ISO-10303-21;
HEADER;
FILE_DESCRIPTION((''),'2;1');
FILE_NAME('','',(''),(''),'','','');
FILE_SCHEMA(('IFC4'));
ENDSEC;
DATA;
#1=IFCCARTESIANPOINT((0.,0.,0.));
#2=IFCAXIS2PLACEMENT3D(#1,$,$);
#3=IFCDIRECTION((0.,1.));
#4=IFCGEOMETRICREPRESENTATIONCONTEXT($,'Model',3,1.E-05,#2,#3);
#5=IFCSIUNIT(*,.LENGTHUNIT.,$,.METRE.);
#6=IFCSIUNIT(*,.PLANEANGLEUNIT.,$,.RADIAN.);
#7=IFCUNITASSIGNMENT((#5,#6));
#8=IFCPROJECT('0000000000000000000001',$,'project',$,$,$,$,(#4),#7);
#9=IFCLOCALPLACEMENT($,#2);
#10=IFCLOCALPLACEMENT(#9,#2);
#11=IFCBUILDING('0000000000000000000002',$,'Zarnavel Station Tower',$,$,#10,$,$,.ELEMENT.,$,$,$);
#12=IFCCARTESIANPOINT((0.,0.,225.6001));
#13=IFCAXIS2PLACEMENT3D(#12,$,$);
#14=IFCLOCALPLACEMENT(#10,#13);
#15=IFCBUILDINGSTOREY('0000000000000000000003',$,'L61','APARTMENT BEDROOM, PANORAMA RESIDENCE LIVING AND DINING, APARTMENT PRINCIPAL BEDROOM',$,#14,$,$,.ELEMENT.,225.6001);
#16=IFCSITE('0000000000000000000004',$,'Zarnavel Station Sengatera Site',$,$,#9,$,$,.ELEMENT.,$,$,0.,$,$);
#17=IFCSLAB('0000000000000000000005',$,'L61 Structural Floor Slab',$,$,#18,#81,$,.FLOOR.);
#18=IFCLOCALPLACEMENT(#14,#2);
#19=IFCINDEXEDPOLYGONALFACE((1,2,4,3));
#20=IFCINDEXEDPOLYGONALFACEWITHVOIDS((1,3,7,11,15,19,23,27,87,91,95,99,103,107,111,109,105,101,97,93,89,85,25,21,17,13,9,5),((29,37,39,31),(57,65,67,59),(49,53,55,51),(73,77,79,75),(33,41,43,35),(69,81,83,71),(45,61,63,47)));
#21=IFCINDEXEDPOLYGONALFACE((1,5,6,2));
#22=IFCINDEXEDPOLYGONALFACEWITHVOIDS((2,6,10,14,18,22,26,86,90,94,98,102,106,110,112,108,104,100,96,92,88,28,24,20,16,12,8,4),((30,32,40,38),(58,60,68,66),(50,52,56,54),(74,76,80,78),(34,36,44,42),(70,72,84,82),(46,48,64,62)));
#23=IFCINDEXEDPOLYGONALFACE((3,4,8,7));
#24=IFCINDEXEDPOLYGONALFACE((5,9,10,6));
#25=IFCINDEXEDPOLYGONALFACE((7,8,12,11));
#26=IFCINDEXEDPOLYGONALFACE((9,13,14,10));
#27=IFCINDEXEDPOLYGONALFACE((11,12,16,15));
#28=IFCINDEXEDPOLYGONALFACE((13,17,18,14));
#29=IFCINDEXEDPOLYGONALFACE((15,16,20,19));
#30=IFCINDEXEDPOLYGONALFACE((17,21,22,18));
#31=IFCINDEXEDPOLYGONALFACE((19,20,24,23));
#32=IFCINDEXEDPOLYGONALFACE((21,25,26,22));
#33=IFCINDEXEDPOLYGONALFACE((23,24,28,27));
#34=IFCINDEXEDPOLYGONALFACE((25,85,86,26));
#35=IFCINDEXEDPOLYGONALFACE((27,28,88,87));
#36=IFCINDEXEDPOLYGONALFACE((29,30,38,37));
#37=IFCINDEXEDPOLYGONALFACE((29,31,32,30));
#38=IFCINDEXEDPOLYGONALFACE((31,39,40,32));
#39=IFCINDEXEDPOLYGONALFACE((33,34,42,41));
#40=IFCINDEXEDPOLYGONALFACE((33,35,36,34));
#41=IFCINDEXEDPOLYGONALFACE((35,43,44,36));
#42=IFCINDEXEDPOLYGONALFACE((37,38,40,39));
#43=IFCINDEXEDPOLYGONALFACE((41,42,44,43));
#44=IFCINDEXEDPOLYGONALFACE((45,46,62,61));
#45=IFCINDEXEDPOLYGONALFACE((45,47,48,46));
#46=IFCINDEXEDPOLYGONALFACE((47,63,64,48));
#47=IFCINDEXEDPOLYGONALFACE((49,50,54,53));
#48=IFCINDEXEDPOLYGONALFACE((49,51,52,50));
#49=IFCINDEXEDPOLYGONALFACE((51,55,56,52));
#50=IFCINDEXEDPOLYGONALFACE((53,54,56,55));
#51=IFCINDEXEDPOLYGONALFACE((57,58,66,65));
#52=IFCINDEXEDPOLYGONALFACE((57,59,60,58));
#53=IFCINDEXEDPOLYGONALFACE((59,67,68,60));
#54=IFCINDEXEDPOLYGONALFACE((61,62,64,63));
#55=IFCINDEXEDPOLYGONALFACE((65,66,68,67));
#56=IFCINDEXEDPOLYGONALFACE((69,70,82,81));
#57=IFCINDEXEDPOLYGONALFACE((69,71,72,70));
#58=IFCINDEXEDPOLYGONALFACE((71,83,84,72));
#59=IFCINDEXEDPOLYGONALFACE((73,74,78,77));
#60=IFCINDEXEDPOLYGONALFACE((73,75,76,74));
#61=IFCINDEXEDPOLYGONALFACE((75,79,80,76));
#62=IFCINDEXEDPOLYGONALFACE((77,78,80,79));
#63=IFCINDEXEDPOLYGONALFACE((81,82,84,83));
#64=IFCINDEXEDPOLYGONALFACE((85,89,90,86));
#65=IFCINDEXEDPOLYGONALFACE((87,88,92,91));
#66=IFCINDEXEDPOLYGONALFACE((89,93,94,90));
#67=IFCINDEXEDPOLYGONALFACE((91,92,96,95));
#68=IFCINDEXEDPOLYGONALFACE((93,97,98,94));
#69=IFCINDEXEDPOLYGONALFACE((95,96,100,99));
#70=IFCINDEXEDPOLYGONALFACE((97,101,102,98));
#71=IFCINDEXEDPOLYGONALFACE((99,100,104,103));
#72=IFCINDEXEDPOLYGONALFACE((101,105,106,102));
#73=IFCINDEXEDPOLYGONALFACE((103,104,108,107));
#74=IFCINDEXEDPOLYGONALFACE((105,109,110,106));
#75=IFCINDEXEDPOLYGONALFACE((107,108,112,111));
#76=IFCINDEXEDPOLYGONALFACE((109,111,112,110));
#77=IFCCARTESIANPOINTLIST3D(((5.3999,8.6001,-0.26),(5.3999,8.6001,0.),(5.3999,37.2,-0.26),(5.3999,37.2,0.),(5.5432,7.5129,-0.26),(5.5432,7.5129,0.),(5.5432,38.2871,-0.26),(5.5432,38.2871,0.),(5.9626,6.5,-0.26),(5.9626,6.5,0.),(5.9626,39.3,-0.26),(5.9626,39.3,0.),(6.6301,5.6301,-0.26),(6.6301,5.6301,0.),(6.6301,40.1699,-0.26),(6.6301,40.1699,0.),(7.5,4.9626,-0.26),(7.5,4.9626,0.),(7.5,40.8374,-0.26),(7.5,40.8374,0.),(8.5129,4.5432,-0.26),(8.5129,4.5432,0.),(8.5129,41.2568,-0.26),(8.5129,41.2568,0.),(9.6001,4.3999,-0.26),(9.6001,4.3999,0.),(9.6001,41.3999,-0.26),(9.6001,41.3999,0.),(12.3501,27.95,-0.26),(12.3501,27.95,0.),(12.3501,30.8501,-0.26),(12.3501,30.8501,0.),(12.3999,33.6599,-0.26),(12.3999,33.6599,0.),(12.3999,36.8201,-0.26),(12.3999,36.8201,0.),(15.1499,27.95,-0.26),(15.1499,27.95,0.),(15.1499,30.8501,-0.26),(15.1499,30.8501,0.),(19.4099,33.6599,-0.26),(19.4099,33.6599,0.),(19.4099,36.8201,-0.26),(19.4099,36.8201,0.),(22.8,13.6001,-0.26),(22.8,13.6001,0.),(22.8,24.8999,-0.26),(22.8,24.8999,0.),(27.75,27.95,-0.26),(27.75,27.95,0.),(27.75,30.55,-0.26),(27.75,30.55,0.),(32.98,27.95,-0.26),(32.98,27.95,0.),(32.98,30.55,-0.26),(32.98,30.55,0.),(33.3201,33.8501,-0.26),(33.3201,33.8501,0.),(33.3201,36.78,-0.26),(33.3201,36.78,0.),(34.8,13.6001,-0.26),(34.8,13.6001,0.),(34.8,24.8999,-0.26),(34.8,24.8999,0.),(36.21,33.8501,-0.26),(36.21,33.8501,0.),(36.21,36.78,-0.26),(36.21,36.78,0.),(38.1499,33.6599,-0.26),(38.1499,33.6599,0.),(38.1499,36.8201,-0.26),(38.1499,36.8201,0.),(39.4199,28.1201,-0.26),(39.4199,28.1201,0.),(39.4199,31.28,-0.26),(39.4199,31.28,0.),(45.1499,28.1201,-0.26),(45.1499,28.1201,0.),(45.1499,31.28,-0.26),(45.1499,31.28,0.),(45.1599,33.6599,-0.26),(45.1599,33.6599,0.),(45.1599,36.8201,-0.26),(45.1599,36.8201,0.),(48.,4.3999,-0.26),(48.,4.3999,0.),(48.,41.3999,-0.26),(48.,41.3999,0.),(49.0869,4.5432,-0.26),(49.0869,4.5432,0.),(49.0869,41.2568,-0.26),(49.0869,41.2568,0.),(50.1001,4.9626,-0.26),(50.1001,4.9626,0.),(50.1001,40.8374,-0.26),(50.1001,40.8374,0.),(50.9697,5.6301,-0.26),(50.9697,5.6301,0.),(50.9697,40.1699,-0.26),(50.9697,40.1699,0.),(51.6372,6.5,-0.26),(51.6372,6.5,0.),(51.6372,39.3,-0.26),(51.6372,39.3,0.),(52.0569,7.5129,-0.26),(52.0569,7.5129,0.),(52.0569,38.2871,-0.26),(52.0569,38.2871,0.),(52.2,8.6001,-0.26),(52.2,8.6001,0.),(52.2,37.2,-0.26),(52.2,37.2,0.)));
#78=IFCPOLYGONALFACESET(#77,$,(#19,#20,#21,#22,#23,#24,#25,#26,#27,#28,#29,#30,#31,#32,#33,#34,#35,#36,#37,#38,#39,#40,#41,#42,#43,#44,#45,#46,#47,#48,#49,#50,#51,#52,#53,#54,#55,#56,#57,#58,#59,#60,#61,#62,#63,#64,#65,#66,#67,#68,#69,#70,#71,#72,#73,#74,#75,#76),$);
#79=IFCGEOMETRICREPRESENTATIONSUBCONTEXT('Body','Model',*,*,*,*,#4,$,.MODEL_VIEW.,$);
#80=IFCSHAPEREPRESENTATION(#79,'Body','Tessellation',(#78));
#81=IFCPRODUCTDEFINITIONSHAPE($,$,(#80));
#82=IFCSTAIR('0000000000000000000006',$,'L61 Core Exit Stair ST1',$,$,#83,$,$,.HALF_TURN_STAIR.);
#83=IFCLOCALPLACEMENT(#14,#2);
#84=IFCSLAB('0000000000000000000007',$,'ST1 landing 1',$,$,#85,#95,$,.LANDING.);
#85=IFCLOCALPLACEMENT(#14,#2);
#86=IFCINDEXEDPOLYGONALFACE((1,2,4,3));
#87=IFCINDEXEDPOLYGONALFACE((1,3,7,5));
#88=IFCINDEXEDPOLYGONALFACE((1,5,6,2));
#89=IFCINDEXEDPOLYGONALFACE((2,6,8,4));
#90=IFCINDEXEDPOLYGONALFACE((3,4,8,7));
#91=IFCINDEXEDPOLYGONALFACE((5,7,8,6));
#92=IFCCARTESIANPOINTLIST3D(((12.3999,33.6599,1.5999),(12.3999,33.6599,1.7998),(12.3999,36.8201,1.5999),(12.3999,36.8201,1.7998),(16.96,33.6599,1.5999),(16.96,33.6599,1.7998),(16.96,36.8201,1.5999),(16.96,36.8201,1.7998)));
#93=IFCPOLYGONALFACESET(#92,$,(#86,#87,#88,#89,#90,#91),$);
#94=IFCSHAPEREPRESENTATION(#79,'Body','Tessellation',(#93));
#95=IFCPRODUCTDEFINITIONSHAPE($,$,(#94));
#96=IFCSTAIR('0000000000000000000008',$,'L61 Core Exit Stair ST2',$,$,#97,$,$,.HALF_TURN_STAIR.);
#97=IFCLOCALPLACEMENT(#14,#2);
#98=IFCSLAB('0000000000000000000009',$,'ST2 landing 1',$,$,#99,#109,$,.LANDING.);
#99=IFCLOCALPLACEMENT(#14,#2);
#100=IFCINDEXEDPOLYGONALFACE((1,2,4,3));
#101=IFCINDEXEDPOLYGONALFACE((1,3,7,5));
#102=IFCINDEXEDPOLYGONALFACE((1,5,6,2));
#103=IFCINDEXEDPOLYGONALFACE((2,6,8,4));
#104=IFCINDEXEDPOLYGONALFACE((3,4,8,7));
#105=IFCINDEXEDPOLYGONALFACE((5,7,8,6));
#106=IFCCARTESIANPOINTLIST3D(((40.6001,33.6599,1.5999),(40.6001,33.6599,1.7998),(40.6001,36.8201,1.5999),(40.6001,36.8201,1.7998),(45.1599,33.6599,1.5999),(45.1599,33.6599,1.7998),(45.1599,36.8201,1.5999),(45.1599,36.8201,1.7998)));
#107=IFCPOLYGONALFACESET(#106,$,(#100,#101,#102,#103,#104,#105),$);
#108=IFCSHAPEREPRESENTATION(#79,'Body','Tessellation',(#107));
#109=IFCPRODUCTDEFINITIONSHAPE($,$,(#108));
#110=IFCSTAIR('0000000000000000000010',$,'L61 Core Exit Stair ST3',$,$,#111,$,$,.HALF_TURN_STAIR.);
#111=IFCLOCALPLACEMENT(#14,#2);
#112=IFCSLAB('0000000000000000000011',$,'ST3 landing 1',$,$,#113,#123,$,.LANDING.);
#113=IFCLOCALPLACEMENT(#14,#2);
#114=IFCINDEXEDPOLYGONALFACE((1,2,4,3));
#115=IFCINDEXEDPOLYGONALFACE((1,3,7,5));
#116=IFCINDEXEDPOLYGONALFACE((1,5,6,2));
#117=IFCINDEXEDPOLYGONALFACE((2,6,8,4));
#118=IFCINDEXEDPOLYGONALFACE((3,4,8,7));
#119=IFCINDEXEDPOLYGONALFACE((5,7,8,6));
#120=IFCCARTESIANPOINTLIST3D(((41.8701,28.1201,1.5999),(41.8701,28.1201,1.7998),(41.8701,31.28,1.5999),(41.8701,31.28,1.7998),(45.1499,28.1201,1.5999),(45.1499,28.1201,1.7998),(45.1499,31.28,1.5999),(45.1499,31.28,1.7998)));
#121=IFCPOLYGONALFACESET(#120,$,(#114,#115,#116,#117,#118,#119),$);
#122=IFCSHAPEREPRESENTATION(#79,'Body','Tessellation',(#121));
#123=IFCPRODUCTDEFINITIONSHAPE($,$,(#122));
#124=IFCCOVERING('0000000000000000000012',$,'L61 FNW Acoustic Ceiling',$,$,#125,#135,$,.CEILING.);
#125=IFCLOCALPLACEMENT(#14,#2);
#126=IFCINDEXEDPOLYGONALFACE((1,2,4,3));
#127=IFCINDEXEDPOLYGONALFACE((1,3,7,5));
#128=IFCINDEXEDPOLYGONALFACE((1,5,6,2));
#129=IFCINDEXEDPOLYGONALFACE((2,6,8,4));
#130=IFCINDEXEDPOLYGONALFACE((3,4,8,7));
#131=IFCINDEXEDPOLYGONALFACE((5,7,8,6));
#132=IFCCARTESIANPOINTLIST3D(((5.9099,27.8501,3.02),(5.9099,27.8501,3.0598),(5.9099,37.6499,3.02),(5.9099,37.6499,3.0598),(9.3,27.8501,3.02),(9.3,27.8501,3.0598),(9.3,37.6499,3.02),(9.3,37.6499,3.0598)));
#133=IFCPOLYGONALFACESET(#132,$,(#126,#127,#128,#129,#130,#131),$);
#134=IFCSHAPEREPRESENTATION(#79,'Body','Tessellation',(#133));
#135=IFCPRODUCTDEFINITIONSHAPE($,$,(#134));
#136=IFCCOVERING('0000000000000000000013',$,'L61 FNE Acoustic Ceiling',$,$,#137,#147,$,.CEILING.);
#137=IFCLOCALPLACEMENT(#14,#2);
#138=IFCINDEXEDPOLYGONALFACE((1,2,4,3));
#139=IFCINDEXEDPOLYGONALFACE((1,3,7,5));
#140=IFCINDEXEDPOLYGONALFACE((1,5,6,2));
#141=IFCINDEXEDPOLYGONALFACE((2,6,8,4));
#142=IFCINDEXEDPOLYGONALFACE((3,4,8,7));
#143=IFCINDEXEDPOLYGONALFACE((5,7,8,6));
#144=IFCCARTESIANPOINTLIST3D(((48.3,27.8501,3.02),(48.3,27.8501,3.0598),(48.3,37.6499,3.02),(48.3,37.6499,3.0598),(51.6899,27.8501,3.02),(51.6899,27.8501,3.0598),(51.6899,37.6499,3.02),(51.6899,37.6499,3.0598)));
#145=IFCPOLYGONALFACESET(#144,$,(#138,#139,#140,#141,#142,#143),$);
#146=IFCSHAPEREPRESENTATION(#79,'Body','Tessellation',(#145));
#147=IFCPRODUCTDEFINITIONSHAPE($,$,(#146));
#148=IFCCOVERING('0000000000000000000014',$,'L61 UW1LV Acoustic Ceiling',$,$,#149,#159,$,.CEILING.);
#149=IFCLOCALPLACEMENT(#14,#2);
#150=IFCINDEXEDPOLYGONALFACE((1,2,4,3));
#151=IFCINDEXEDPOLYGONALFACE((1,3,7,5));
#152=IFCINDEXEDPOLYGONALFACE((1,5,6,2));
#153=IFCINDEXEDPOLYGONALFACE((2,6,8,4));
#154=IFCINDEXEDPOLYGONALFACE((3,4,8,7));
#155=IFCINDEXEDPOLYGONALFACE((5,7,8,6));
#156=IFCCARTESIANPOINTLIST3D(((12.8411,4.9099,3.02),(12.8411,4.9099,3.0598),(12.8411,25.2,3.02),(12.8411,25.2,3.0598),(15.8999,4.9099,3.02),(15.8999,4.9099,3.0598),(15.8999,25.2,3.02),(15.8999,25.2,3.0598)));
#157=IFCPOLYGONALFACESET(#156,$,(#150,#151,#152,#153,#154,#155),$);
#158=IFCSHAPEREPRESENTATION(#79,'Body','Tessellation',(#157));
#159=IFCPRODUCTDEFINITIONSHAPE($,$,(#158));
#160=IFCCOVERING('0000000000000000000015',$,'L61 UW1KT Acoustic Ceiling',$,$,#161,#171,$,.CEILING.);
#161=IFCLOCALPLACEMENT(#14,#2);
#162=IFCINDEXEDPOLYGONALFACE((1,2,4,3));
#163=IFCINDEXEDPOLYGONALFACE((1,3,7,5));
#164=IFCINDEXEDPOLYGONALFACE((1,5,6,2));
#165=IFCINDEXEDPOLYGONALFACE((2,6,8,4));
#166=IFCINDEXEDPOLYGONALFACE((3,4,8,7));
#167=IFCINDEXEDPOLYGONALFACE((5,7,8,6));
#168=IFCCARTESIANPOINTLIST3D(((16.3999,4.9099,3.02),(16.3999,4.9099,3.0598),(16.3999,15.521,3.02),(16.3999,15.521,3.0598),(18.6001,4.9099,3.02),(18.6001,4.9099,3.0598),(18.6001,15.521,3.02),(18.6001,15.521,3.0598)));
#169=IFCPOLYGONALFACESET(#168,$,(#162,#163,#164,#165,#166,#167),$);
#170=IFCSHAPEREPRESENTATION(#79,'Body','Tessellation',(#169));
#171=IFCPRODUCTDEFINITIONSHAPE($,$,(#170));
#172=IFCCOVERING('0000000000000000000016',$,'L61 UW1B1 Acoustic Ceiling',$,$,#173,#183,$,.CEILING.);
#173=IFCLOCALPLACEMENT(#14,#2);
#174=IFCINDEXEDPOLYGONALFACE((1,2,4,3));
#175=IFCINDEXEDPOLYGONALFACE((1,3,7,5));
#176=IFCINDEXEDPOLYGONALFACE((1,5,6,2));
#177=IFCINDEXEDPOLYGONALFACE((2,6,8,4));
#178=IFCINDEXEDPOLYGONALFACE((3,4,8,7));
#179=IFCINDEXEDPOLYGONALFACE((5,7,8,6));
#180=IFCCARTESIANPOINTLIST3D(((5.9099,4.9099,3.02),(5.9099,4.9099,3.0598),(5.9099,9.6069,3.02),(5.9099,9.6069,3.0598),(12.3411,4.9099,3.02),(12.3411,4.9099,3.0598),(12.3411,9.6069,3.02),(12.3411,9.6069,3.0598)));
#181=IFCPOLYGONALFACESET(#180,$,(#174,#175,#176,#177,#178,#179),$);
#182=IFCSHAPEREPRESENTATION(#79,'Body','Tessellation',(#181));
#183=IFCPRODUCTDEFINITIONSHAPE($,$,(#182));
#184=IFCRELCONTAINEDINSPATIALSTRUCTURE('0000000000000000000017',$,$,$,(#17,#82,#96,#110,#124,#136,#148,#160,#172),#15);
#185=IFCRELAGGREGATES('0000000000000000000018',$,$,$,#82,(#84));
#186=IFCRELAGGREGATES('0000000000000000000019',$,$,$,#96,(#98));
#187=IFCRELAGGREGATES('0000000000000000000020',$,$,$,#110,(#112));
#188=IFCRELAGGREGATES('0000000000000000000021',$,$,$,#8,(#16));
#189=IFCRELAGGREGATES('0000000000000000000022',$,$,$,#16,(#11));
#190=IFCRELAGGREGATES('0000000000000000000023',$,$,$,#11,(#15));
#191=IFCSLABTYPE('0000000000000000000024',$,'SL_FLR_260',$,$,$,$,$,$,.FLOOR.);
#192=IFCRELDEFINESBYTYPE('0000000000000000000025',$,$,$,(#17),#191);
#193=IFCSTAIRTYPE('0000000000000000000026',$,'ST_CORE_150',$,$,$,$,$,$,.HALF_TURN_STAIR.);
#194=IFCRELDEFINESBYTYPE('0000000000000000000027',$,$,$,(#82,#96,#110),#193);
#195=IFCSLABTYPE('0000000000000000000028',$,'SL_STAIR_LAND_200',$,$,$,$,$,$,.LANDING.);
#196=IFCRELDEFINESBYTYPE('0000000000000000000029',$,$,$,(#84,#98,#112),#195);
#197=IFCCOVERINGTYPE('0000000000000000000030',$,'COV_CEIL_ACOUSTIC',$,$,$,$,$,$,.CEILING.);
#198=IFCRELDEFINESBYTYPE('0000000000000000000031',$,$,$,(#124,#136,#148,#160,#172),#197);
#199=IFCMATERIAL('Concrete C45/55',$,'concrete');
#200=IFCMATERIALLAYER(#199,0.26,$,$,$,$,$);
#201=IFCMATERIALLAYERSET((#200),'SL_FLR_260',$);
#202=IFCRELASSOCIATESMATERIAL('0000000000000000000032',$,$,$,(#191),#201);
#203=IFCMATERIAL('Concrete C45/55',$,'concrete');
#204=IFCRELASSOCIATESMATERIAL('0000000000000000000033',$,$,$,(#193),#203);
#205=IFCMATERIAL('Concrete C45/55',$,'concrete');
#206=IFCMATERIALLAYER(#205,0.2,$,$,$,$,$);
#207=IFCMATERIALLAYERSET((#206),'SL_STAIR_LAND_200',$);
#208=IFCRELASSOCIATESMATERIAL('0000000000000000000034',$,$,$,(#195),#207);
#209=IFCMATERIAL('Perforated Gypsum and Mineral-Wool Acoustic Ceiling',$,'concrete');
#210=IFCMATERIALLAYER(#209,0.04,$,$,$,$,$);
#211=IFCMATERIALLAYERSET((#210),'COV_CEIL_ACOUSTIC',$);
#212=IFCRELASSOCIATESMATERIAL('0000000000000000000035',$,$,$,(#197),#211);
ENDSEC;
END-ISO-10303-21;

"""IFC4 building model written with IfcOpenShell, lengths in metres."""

from ifc_helpers import new_model, si_unit, direction, frame, origin, place, context, subcontext, project, spatial, polyline, outline, extrude, material, layer, layer_set, type_object, element, aggregate, save


model = new_model("IFC4")

# Units and contexts
model_context = context("Model", 3, precision=1e-05, world=origin(), true_north=direction((0.0, 1.0)))
body_context = subcontext(model_context, "Body", "Model", "MODEL_VIEW")
ifc_project = project(units=[si_unit("LENGTHUNIT", "METRE"), si_unit("PLANEANGLEUNIT", "RADIAN")], contexts=[model_context])

# Site, building, storey
site_placement = place(None, origin())
site = spatial("IfcSite", under=ifc_project, at=site_placement, Name="Zarnavel Station Sengatera Site", CompositionType="ELEMENT", RefElevation=0.0)
building_placement = place(site_placement, origin())
building = spatial("IfcBuilding", under=site, at=building_placement, Name="Zarnavel Station Tower", CompositionType="ELEMENT")
storey_placement = place(building_placement, frame((0.0, 0.0, 225.6001)))
storey = spatial("IfcBuildingStorey", under=building, at=storey_placement, Name="L61", Description="APARTMENT BEDROOM, PANORAMA RESIDENCE LIVING AND DINING, APARTMENT PRINCIPAL BEDROOM", CompositionType="ELEMENT", Elevation=225.6001)

# Slab
ifc_material_1 = material(Name="Concrete C45/55", Category="concrete")
ifc_layer_1 = layer(ifc_material_1, 0.26)
ifc_layer_set_1 = layer_set([ifc_layer_1], Name="SL_FLR_260")
slab_type_1 = type_object("IfcSlabType", Name="SL_FLR_260", PredefinedType="FLOOR", material=ifc_layer_set_1)
slab_1_placement = place(storey_placement, frame((0.0, 0.0, -0.26)))
element("IfcSlab", 1, at=slab_1_placement, inside=storey, type_object=slab_type_1, Name="L61 Structural Floor Slab", PredefinedType="FLOOR", context=body_context, shape_type="SweptSolid", body=[
    extrude(outline(polyline([(48.0, 4.3999), (49.0869, 4.5432), (50.1001, 4.9626), (50.9697, 5.6301), (51.6372, 6.5), (52.0569, 7.5129), (52.2, 8.6001), (52.2, 37.2), (52.0569, 38.2871), (51.6372, 39.3), (50.9697, 40.1699), (50.1001, 40.8374), (49.0869, 41.2568), (48.0, 41.3999), (9.6001, 41.3999), (8.5129, 41.2568), (7.5, 40.8374), (6.6301, 40.1699), (5.9626, 39.3), (5.5432, 38.2871), (5.3999, 37.2), (5.3999, 8.6001), (5.5432, 7.5129), (5.9626, 6.5), (6.6301, 5.6301), (7.5, 4.9626), (8.5129, 4.5432), (9.6001, 4.3999), (48.0, 4.3999)]), holes=[polyline([(12.3999, 33.6599), (19.4099, 33.6599), (19.4099, 36.8201), (12.3999, 36.8201), (12.3999, 33.6599)]), polyline([(38.1499, 33.6599), (45.1599, 33.6599), (45.1599, 36.8201), (38.1499, 36.8201), (38.1499, 33.6599)]), polyline([(39.4199, 28.1201), (45.1499, 28.1201), (45.1499, 31.28), (39.4199, 31.28), (39.4199, 28.1201)]), polyline([(12.3501, 27.95), (15.1499, 27.95), (15.1499, 30.8501), (12.3501, 30.8501), (12.3501, 27.95)]), polyline([(33.3201, 33.8501), (36.21, 33.8501), (36.21, 36.78), (33.3201, 36.78), (33.3201, 33.8501)]), polyline([(27.75, 27.95), (32.98, 27.95), (32.98, 30.55), (27.75, 30.55), (27.75, 27.95)]), polyline([(22.8, 13.6001), (34.8, 13.6001), (34.8, 24.8999), (22.8, 24.8999), (22.8, 13.6001)])]), origin(), (0.0, 0.0, 1.0), 0.26),
])

# Stairs, slabs
ifc_material_2 = material(Name="Concrete C45/55", Category="concrete")
stair_type = type_object("IfcStairType", Name="ST_CORE_150", PredefinedType="HALF_TURN_STAIR", material=ifc_material_2)
stair_1_placement = place(storey_placement, origin())
stair_1 = element("IfcStair", 2, at=stair_1_placement, inside=storey, type_object=stair_type, Name="L61 Core Exit Stair ST1", PredefinedType="HALF_TURN_STAIR")
ifc_material_3 = material(Name="Concrete C45/55", Category="concrete")
ifc_layer_2 = layer(ifc_material_3, 0.2)
ifc_layer_set_2 = layer_set([ifc_layer_2], Name="SL_STAIR_LAND_200")
slab_type_2 = type_object("IfcSlabType", Name="SL_STAIR_LAND_200", PredefinedType="LANDING", material=ifc_layer_set_2)
slab_2_placement = place(storey_placement, frame((0.0, 0.0, 1.5999)))
slab_2 = element("IfcSlab", 3, at=slab_2_placement, type_object=slab_type_2, Name="ST1 landing 1", PredefinedType="LANDING", context=body_context, shape_type="SweptSolid", body=[
    extrude(outline(polyline([(16.96, 36.8201), (12.3999, 36.8201), (12.3999, 33.6599), (16.96, 33.6599), (16.96, 36.8201)])), origin(), (0.0, 0.0, 1.0), 0.2),
])
aggregate(stair_1, [slab_2])
stair_2_placement = place(storey_placement, origin())
stair_2 = element("IfcStair", 4, at=stair_2_placement, inside=storey, type_object=stair_type, Name="L61 Core Exit Stair ST2", PredefinedType="HALF_TURN_STAIR")
slab_3_placement = place(storey_placement, frame((0.0, 0.0, 1.5999)))
slab_3 = element("IfcSlab", 5, at=slab_3_placement, type_object=slab_type_2, Name="ST2 landing 1", PredefinedType="LANDING", context=body_context, shape_type="SweptSolid", body=[
    extrude(outline(polyline([(40.6001, 33.6599), (45.1599, 33.6599), (45.1599, 36.8201), (40.6001, 36.8201), (40.6001, 33.6599)])), origin(), (0.0, 0.0, 1.0), 0.2),
])
aggregate(stair_2, [slab_3])
stair_3_placement = place(storey_placement, origin())
stair_3 = element("IfcStair", 6, at=stair_3_placement, inside=storey, type_object=stair_type, Name="L61 Core Exit Stair ST3", PredefinedType="HALF_TURN_STAIR")
slab_4_placement = place(storey_placement, frame((0.0, 0.0, 1.5999)))
slab_4 = element("IfcSlab", 7, at=slab_4_placement, type_object=slab_type_2, Name="ST3 landing 1", PredefinedType="LANDING", context=body_context, shape_type="SweptSolid", body=[
    extrude(outline(polyline([(41.8701, 28.1201), (45.1499, 28.1201), (45.1499, 31.28), (41.8701, 31.28), (41.8701, 28.1201)])), origin(), (0.0, 0.0, 1.0), 0.2),
])
aggregate(stair_3, [slab_4])

# Coverings
ifc_material_4 = material(Name="Perforated Gypsum and Mineral-Wool Acoustic Ceiling", Category="concrete")
ifc_layer_3 = layer(ifc_material_4, 0.04)
ifc_layer_set_3 = layer_set([ifc_layer_3], Name="COV_CEIL_ACOUSTIC")
covering_type_1 = type_object("IfcCoveringType", Name="COV_CEIL_ACOUSTIC", PredefinedType="CEILING", material=ifc_layer_set_3)
covering_1_placement = place(storey_placement, frame((0.0, 0.0, 3.02)))
element("IfcCovering", 8, at=covering_1_placement, inside=storey, type_object=covering_type_1, Name="L61 FNW Acoustic Ceiling", PredefinedType="CEILING", context=body_context, shape_type="SweptSolid", body=[
    extrude(outline(polyline([(5.9099, 27.8501), (9.3, 27.8501), (9.3, 37.6499), (5.9099, 37.6499), (5.9099, 27.8501)])), origin(), (0.0, 0.0, 1.0), 0.0398),
])
covering_2_placement = place(storey_placement, frame((0.0, 0.0, 3.02)))
element("IfcCovering", 9, at=covering_2_placement, inside=storey, type_object=covering_type_1, Name="L61 FNE Acoustic Ceiling", PredefinedType="CEILING", context=body_context, shape_type="SweptSolid", body=[
    extrude(outline(polyline([(48.3, 27.8501), (51.6899, 27.8501), (51.6899, 37.6499), (48.3, 37.6499), (48.3, 27.8501)])), origin(), (0.0, 0.0, 1.0), 0.0398),
])
covering_3_placement = place(storey_placement, frame((0.0, 0.0, 3.02)))
element("IfcCovering", 10, at=covering_3_placement, inside=storey, type_object=covering_type_1, Name="L61 UW1LV Acoustic Ceiling", PredefinedType="CEILING", context=body_context, shape_type="SweptSolid", body=[
    extrude(outline(polyline([(12.8411, 4.9099), (15.8999, 4.9099), (15.8999, 25.2), (12.8411, 25.2), (12.8411, 4.9099)])), origin(), (0.0, 0.0, 1.0), 0.0398),
])
covering_4_placement = place(storey_placement, frame((0.0, 0.0, 3.02)))
element("IfcCovering", 11, at=covering_4_placement, inside=storey, type_object=covering_type_1, Name="L61 UW1KT Acoustic Ceiling", PredefinedType="CEILING", context=body_context, shape_type="SweptSolid", body=[
    extrude(outline(polyline([(16.3999, 4.9099), (18.6001, 4.9099), (18.6001, 15.521), (16.3999, 15.521), (16.3999, 4.9099)])), origin(), (0.0, 0.0, 1.0), 0.0398),
])
covering_5_placement = place(storey_placement, frame((0.0, 0.0, 3.02)))
element("IfcCovering", 12, at=covering_5_placement, inside=storey, type_object=covering_type_1, Name="L61 UW1B1 Acoustic Ceiling", PredefinedType="CEILING", context=body_context, shape_type="SweptSolid", body=[
    extrude(outline(polyline([(5.9099, 4.9099), (12.3411, 4.9099), (12.3411, 9.6069), (5.9099, 9.6069), (5.9099, 4.9099)])), origin(), (0.0, 0.0, 1.0), 0.0398),
])

save(model, "model.ifc")
